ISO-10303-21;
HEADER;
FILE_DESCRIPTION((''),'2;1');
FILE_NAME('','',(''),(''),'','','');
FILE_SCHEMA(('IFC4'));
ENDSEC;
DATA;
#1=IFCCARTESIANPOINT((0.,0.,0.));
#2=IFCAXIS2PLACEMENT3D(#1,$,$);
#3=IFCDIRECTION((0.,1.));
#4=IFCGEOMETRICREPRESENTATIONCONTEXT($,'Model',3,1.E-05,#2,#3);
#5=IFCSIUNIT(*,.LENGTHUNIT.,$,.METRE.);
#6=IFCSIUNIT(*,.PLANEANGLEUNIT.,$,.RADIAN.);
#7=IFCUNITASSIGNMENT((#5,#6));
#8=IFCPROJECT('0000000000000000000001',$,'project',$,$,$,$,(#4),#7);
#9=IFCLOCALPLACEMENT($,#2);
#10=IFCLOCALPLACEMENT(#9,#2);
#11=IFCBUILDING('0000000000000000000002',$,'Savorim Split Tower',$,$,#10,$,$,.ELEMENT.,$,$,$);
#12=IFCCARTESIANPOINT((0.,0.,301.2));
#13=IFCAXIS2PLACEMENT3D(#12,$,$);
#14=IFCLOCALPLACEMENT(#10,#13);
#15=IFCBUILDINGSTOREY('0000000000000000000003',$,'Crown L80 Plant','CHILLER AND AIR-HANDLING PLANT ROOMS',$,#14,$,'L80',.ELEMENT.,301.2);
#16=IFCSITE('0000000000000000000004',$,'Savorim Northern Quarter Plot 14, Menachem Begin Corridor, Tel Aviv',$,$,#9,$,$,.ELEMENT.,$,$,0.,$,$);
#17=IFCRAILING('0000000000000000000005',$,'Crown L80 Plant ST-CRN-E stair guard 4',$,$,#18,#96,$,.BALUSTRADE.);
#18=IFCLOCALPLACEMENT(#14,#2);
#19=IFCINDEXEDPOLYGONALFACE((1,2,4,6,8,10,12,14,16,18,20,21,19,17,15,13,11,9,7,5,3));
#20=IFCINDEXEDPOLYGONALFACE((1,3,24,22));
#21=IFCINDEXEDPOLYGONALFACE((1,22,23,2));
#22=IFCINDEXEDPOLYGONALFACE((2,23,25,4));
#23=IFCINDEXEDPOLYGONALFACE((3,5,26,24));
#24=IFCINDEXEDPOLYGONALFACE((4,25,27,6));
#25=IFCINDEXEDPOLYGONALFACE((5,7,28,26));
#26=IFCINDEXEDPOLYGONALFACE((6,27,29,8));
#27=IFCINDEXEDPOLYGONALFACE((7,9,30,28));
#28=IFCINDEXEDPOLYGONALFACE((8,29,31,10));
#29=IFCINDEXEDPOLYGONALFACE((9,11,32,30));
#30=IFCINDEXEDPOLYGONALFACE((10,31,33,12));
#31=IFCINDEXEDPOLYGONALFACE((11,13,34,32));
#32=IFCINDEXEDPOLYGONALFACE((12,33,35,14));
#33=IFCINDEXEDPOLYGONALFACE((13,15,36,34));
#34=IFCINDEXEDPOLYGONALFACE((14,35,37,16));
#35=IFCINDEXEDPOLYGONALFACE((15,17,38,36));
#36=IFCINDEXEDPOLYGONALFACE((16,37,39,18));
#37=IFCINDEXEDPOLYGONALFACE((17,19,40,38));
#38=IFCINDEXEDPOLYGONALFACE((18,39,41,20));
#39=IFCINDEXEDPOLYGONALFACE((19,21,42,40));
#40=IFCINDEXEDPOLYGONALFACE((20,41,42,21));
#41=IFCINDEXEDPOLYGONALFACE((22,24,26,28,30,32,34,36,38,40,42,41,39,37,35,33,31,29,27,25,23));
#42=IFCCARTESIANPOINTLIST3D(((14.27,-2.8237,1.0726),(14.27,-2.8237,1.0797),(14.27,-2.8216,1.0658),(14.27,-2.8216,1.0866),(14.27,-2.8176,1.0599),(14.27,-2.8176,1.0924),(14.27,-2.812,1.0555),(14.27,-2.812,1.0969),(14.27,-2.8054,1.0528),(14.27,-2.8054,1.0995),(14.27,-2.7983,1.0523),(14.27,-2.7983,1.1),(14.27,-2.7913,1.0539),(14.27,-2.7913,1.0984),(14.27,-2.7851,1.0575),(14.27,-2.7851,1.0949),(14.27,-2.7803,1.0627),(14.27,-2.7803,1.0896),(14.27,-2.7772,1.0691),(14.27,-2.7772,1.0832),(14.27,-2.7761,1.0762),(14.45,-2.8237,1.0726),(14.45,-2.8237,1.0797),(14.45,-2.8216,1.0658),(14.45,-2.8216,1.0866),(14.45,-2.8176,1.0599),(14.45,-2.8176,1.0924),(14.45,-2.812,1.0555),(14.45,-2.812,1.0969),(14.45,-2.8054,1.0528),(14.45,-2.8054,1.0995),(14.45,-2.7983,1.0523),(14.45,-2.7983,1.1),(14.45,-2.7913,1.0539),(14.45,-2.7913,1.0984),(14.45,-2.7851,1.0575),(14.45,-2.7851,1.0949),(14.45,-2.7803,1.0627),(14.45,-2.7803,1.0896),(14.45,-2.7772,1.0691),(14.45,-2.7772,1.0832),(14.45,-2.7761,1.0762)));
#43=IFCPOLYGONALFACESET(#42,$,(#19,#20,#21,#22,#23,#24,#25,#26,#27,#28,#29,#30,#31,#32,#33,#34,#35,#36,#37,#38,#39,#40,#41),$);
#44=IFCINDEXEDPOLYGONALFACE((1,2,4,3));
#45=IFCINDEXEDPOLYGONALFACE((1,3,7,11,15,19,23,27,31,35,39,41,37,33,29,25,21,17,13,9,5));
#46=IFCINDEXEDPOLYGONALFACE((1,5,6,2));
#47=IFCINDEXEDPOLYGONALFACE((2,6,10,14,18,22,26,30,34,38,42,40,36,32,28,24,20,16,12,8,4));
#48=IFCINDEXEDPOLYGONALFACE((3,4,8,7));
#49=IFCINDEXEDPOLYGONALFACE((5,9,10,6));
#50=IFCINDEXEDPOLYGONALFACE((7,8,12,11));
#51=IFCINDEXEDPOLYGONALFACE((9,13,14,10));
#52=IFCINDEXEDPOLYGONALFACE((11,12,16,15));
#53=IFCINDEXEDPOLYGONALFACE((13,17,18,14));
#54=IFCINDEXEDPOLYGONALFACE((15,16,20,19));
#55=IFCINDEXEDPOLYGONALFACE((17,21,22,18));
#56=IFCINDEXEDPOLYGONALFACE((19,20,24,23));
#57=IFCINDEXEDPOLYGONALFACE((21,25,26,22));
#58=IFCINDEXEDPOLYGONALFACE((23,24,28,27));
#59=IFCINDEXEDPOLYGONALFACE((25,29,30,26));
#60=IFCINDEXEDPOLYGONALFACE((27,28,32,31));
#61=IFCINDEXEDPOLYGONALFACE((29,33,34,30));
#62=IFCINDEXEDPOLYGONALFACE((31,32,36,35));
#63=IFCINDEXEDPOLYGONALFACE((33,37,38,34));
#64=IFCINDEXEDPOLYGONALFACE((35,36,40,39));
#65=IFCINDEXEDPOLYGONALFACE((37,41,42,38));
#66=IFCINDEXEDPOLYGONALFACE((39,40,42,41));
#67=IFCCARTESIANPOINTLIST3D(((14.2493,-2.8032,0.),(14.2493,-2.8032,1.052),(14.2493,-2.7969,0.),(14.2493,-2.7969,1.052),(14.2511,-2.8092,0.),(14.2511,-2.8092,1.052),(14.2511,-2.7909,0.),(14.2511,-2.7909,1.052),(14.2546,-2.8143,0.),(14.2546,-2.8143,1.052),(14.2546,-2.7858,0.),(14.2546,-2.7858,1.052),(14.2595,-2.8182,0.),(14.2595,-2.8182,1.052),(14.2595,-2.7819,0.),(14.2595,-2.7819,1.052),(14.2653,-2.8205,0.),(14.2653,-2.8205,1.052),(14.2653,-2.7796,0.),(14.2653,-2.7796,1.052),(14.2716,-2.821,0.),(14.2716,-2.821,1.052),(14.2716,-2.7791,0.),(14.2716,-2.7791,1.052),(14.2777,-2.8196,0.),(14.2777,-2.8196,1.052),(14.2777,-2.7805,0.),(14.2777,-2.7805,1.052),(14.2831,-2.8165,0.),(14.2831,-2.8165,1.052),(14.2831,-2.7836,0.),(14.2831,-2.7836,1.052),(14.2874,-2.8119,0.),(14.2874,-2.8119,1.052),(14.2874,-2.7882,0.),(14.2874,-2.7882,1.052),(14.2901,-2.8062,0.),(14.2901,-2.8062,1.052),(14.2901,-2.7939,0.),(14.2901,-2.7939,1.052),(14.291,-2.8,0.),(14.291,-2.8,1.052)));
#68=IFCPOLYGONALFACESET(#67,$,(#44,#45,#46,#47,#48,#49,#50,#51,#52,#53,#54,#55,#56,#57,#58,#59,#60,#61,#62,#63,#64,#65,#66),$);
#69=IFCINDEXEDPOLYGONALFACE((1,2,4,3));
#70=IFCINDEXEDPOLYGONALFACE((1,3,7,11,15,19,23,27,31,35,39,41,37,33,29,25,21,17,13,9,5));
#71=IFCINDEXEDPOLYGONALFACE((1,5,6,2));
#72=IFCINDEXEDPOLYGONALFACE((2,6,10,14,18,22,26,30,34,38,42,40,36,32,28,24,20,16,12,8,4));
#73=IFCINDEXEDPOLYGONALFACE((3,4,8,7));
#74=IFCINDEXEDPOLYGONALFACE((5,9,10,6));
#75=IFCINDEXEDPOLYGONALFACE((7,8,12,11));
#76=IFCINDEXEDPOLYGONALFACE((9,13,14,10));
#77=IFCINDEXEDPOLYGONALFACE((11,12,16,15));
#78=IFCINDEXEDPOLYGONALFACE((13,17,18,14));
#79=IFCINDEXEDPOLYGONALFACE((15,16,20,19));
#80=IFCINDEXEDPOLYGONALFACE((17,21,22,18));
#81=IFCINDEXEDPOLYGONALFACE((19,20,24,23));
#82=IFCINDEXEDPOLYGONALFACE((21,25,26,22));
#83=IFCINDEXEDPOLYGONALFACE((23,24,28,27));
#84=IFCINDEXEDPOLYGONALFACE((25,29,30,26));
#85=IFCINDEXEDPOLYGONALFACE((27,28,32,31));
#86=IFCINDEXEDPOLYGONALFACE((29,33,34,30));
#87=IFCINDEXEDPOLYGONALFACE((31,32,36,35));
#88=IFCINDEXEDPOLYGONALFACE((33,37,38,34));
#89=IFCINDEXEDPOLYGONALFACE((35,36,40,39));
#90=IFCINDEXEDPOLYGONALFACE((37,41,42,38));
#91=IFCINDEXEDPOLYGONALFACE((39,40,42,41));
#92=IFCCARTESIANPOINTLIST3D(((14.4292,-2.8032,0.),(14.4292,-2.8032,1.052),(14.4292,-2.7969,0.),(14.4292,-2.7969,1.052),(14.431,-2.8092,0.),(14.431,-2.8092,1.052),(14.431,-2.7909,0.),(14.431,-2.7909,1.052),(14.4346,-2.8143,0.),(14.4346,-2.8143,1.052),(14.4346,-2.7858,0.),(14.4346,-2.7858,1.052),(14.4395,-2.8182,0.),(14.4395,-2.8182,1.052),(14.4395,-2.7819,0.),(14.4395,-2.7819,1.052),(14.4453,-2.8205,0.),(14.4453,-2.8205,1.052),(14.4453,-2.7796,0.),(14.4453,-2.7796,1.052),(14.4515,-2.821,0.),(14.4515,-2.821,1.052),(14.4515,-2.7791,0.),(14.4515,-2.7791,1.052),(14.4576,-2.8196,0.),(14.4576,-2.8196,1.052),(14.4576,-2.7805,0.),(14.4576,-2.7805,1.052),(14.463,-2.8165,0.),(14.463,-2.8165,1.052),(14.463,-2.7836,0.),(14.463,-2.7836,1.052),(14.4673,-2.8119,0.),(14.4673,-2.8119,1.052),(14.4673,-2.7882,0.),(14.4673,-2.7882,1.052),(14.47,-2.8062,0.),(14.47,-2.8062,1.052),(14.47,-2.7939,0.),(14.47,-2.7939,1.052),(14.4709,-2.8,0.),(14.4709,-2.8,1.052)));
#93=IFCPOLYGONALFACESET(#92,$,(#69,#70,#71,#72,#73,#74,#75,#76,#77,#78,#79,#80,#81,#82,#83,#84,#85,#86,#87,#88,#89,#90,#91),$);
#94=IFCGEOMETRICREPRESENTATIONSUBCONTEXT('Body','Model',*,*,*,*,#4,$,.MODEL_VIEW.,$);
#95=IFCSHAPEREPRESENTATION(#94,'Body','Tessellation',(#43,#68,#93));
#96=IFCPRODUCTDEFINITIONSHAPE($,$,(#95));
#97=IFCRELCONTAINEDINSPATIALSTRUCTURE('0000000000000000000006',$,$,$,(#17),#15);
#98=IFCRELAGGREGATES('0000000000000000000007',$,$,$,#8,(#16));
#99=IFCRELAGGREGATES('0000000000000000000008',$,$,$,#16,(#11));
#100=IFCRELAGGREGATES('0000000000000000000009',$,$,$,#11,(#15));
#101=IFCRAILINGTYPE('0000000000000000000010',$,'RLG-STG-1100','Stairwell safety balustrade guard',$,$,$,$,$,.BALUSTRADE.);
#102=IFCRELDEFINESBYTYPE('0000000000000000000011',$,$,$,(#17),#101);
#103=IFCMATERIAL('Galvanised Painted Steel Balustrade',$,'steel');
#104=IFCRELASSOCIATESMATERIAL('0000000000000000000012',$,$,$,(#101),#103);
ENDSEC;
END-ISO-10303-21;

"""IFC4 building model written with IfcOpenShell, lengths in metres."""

from ifc_helpers import new_model, si_unit, direction, frame, origin, origin_2d, place, context, subcontext, project, spatial, circle, extrude, material, type_object, element, save


model = new_model("IFC4")

# Units and contexts
model_context = context("Model", 3, precision=1e-05, world=origin(), true_north=direction((0.0, 1.0)))
body_context = subcontext(model_context, "Body", "Model", "MODEL_VIEW")
ifc_project = project(units=[si_unit("LENGTHUNIT", "METRE"), si_unit("PLANEANGLEUNIT", "RADIAN")], contexts=[model_context])

# Site, building, storey
site_placement = place(None, origin())
site = spatial("IfcSite", under=ifc_project, at=site_placement, Name="Savorim Northern Quarter Plot 14, Menachem Begin Corridor, Tel Aviv", CompositionType="ELEMENT", RefElevation=0.0)
building_placement = place(site_placement, origin())
building = spatial("IfcBuilding", under=site, at=building_placement, Name="Savorim Split Tower", CompositionType="ELEMENT")
storey_placement = place(building_placement, frame((0.0, 0.0, 301.2)))
storey = spatial("IfcBuildingStorey", under=building, at=storey_placement, Name="Crown L80 Plant", Description="CHILLER AND AIR-HANDLING PLANT ROOMS", LongName="L80", CompositionType="ELEMENT", Elevation=301.2)

# Railing
ifc_material_1 = material(Name="Galvanised Painted Steel Balustrade", Category="steel")
railing_type_1 = type_object("IfcRailingType", Name="RLG-STG-1100", Description="Stairwell safety balustrade guard", PredefinedType="BALUSTRADE", material=ifc_material_1)
railing_1_placement = place(storey_placement, frame((14.27, -2.8, 0.0)))
element("IfcRailing", 1, at=railing_1_placement, inside=storey, type_object=railing_type_1, Name="Crown L80 Plant ST-CRN-E stair guard 4", PredefinedType="BALUSTRADE", context=body_context, shape_type="SweptSolid", body=[
    extrude(circle(Radius=0.0239, at=origin_2d()), frame((0.0, 0.0, 1.0762), z_axis=(1.0, 0.0, 0.0), x_axis=(0.0, 1.0, 0.0)), (0.0, 0.0, 1.0), 0.1799),
    extrude(circle(Radius=0.021, at=origin_2d()), origin(), (0.0, 0.0, 1.0), 1.052),
    extrude(circle(Radius=0.021, at=origin_2d()), frame((0.1799, 0.0, 0.0)), (0.0, 0.0, 1.0), 1.052),
])

save(model, "model.ifc")
